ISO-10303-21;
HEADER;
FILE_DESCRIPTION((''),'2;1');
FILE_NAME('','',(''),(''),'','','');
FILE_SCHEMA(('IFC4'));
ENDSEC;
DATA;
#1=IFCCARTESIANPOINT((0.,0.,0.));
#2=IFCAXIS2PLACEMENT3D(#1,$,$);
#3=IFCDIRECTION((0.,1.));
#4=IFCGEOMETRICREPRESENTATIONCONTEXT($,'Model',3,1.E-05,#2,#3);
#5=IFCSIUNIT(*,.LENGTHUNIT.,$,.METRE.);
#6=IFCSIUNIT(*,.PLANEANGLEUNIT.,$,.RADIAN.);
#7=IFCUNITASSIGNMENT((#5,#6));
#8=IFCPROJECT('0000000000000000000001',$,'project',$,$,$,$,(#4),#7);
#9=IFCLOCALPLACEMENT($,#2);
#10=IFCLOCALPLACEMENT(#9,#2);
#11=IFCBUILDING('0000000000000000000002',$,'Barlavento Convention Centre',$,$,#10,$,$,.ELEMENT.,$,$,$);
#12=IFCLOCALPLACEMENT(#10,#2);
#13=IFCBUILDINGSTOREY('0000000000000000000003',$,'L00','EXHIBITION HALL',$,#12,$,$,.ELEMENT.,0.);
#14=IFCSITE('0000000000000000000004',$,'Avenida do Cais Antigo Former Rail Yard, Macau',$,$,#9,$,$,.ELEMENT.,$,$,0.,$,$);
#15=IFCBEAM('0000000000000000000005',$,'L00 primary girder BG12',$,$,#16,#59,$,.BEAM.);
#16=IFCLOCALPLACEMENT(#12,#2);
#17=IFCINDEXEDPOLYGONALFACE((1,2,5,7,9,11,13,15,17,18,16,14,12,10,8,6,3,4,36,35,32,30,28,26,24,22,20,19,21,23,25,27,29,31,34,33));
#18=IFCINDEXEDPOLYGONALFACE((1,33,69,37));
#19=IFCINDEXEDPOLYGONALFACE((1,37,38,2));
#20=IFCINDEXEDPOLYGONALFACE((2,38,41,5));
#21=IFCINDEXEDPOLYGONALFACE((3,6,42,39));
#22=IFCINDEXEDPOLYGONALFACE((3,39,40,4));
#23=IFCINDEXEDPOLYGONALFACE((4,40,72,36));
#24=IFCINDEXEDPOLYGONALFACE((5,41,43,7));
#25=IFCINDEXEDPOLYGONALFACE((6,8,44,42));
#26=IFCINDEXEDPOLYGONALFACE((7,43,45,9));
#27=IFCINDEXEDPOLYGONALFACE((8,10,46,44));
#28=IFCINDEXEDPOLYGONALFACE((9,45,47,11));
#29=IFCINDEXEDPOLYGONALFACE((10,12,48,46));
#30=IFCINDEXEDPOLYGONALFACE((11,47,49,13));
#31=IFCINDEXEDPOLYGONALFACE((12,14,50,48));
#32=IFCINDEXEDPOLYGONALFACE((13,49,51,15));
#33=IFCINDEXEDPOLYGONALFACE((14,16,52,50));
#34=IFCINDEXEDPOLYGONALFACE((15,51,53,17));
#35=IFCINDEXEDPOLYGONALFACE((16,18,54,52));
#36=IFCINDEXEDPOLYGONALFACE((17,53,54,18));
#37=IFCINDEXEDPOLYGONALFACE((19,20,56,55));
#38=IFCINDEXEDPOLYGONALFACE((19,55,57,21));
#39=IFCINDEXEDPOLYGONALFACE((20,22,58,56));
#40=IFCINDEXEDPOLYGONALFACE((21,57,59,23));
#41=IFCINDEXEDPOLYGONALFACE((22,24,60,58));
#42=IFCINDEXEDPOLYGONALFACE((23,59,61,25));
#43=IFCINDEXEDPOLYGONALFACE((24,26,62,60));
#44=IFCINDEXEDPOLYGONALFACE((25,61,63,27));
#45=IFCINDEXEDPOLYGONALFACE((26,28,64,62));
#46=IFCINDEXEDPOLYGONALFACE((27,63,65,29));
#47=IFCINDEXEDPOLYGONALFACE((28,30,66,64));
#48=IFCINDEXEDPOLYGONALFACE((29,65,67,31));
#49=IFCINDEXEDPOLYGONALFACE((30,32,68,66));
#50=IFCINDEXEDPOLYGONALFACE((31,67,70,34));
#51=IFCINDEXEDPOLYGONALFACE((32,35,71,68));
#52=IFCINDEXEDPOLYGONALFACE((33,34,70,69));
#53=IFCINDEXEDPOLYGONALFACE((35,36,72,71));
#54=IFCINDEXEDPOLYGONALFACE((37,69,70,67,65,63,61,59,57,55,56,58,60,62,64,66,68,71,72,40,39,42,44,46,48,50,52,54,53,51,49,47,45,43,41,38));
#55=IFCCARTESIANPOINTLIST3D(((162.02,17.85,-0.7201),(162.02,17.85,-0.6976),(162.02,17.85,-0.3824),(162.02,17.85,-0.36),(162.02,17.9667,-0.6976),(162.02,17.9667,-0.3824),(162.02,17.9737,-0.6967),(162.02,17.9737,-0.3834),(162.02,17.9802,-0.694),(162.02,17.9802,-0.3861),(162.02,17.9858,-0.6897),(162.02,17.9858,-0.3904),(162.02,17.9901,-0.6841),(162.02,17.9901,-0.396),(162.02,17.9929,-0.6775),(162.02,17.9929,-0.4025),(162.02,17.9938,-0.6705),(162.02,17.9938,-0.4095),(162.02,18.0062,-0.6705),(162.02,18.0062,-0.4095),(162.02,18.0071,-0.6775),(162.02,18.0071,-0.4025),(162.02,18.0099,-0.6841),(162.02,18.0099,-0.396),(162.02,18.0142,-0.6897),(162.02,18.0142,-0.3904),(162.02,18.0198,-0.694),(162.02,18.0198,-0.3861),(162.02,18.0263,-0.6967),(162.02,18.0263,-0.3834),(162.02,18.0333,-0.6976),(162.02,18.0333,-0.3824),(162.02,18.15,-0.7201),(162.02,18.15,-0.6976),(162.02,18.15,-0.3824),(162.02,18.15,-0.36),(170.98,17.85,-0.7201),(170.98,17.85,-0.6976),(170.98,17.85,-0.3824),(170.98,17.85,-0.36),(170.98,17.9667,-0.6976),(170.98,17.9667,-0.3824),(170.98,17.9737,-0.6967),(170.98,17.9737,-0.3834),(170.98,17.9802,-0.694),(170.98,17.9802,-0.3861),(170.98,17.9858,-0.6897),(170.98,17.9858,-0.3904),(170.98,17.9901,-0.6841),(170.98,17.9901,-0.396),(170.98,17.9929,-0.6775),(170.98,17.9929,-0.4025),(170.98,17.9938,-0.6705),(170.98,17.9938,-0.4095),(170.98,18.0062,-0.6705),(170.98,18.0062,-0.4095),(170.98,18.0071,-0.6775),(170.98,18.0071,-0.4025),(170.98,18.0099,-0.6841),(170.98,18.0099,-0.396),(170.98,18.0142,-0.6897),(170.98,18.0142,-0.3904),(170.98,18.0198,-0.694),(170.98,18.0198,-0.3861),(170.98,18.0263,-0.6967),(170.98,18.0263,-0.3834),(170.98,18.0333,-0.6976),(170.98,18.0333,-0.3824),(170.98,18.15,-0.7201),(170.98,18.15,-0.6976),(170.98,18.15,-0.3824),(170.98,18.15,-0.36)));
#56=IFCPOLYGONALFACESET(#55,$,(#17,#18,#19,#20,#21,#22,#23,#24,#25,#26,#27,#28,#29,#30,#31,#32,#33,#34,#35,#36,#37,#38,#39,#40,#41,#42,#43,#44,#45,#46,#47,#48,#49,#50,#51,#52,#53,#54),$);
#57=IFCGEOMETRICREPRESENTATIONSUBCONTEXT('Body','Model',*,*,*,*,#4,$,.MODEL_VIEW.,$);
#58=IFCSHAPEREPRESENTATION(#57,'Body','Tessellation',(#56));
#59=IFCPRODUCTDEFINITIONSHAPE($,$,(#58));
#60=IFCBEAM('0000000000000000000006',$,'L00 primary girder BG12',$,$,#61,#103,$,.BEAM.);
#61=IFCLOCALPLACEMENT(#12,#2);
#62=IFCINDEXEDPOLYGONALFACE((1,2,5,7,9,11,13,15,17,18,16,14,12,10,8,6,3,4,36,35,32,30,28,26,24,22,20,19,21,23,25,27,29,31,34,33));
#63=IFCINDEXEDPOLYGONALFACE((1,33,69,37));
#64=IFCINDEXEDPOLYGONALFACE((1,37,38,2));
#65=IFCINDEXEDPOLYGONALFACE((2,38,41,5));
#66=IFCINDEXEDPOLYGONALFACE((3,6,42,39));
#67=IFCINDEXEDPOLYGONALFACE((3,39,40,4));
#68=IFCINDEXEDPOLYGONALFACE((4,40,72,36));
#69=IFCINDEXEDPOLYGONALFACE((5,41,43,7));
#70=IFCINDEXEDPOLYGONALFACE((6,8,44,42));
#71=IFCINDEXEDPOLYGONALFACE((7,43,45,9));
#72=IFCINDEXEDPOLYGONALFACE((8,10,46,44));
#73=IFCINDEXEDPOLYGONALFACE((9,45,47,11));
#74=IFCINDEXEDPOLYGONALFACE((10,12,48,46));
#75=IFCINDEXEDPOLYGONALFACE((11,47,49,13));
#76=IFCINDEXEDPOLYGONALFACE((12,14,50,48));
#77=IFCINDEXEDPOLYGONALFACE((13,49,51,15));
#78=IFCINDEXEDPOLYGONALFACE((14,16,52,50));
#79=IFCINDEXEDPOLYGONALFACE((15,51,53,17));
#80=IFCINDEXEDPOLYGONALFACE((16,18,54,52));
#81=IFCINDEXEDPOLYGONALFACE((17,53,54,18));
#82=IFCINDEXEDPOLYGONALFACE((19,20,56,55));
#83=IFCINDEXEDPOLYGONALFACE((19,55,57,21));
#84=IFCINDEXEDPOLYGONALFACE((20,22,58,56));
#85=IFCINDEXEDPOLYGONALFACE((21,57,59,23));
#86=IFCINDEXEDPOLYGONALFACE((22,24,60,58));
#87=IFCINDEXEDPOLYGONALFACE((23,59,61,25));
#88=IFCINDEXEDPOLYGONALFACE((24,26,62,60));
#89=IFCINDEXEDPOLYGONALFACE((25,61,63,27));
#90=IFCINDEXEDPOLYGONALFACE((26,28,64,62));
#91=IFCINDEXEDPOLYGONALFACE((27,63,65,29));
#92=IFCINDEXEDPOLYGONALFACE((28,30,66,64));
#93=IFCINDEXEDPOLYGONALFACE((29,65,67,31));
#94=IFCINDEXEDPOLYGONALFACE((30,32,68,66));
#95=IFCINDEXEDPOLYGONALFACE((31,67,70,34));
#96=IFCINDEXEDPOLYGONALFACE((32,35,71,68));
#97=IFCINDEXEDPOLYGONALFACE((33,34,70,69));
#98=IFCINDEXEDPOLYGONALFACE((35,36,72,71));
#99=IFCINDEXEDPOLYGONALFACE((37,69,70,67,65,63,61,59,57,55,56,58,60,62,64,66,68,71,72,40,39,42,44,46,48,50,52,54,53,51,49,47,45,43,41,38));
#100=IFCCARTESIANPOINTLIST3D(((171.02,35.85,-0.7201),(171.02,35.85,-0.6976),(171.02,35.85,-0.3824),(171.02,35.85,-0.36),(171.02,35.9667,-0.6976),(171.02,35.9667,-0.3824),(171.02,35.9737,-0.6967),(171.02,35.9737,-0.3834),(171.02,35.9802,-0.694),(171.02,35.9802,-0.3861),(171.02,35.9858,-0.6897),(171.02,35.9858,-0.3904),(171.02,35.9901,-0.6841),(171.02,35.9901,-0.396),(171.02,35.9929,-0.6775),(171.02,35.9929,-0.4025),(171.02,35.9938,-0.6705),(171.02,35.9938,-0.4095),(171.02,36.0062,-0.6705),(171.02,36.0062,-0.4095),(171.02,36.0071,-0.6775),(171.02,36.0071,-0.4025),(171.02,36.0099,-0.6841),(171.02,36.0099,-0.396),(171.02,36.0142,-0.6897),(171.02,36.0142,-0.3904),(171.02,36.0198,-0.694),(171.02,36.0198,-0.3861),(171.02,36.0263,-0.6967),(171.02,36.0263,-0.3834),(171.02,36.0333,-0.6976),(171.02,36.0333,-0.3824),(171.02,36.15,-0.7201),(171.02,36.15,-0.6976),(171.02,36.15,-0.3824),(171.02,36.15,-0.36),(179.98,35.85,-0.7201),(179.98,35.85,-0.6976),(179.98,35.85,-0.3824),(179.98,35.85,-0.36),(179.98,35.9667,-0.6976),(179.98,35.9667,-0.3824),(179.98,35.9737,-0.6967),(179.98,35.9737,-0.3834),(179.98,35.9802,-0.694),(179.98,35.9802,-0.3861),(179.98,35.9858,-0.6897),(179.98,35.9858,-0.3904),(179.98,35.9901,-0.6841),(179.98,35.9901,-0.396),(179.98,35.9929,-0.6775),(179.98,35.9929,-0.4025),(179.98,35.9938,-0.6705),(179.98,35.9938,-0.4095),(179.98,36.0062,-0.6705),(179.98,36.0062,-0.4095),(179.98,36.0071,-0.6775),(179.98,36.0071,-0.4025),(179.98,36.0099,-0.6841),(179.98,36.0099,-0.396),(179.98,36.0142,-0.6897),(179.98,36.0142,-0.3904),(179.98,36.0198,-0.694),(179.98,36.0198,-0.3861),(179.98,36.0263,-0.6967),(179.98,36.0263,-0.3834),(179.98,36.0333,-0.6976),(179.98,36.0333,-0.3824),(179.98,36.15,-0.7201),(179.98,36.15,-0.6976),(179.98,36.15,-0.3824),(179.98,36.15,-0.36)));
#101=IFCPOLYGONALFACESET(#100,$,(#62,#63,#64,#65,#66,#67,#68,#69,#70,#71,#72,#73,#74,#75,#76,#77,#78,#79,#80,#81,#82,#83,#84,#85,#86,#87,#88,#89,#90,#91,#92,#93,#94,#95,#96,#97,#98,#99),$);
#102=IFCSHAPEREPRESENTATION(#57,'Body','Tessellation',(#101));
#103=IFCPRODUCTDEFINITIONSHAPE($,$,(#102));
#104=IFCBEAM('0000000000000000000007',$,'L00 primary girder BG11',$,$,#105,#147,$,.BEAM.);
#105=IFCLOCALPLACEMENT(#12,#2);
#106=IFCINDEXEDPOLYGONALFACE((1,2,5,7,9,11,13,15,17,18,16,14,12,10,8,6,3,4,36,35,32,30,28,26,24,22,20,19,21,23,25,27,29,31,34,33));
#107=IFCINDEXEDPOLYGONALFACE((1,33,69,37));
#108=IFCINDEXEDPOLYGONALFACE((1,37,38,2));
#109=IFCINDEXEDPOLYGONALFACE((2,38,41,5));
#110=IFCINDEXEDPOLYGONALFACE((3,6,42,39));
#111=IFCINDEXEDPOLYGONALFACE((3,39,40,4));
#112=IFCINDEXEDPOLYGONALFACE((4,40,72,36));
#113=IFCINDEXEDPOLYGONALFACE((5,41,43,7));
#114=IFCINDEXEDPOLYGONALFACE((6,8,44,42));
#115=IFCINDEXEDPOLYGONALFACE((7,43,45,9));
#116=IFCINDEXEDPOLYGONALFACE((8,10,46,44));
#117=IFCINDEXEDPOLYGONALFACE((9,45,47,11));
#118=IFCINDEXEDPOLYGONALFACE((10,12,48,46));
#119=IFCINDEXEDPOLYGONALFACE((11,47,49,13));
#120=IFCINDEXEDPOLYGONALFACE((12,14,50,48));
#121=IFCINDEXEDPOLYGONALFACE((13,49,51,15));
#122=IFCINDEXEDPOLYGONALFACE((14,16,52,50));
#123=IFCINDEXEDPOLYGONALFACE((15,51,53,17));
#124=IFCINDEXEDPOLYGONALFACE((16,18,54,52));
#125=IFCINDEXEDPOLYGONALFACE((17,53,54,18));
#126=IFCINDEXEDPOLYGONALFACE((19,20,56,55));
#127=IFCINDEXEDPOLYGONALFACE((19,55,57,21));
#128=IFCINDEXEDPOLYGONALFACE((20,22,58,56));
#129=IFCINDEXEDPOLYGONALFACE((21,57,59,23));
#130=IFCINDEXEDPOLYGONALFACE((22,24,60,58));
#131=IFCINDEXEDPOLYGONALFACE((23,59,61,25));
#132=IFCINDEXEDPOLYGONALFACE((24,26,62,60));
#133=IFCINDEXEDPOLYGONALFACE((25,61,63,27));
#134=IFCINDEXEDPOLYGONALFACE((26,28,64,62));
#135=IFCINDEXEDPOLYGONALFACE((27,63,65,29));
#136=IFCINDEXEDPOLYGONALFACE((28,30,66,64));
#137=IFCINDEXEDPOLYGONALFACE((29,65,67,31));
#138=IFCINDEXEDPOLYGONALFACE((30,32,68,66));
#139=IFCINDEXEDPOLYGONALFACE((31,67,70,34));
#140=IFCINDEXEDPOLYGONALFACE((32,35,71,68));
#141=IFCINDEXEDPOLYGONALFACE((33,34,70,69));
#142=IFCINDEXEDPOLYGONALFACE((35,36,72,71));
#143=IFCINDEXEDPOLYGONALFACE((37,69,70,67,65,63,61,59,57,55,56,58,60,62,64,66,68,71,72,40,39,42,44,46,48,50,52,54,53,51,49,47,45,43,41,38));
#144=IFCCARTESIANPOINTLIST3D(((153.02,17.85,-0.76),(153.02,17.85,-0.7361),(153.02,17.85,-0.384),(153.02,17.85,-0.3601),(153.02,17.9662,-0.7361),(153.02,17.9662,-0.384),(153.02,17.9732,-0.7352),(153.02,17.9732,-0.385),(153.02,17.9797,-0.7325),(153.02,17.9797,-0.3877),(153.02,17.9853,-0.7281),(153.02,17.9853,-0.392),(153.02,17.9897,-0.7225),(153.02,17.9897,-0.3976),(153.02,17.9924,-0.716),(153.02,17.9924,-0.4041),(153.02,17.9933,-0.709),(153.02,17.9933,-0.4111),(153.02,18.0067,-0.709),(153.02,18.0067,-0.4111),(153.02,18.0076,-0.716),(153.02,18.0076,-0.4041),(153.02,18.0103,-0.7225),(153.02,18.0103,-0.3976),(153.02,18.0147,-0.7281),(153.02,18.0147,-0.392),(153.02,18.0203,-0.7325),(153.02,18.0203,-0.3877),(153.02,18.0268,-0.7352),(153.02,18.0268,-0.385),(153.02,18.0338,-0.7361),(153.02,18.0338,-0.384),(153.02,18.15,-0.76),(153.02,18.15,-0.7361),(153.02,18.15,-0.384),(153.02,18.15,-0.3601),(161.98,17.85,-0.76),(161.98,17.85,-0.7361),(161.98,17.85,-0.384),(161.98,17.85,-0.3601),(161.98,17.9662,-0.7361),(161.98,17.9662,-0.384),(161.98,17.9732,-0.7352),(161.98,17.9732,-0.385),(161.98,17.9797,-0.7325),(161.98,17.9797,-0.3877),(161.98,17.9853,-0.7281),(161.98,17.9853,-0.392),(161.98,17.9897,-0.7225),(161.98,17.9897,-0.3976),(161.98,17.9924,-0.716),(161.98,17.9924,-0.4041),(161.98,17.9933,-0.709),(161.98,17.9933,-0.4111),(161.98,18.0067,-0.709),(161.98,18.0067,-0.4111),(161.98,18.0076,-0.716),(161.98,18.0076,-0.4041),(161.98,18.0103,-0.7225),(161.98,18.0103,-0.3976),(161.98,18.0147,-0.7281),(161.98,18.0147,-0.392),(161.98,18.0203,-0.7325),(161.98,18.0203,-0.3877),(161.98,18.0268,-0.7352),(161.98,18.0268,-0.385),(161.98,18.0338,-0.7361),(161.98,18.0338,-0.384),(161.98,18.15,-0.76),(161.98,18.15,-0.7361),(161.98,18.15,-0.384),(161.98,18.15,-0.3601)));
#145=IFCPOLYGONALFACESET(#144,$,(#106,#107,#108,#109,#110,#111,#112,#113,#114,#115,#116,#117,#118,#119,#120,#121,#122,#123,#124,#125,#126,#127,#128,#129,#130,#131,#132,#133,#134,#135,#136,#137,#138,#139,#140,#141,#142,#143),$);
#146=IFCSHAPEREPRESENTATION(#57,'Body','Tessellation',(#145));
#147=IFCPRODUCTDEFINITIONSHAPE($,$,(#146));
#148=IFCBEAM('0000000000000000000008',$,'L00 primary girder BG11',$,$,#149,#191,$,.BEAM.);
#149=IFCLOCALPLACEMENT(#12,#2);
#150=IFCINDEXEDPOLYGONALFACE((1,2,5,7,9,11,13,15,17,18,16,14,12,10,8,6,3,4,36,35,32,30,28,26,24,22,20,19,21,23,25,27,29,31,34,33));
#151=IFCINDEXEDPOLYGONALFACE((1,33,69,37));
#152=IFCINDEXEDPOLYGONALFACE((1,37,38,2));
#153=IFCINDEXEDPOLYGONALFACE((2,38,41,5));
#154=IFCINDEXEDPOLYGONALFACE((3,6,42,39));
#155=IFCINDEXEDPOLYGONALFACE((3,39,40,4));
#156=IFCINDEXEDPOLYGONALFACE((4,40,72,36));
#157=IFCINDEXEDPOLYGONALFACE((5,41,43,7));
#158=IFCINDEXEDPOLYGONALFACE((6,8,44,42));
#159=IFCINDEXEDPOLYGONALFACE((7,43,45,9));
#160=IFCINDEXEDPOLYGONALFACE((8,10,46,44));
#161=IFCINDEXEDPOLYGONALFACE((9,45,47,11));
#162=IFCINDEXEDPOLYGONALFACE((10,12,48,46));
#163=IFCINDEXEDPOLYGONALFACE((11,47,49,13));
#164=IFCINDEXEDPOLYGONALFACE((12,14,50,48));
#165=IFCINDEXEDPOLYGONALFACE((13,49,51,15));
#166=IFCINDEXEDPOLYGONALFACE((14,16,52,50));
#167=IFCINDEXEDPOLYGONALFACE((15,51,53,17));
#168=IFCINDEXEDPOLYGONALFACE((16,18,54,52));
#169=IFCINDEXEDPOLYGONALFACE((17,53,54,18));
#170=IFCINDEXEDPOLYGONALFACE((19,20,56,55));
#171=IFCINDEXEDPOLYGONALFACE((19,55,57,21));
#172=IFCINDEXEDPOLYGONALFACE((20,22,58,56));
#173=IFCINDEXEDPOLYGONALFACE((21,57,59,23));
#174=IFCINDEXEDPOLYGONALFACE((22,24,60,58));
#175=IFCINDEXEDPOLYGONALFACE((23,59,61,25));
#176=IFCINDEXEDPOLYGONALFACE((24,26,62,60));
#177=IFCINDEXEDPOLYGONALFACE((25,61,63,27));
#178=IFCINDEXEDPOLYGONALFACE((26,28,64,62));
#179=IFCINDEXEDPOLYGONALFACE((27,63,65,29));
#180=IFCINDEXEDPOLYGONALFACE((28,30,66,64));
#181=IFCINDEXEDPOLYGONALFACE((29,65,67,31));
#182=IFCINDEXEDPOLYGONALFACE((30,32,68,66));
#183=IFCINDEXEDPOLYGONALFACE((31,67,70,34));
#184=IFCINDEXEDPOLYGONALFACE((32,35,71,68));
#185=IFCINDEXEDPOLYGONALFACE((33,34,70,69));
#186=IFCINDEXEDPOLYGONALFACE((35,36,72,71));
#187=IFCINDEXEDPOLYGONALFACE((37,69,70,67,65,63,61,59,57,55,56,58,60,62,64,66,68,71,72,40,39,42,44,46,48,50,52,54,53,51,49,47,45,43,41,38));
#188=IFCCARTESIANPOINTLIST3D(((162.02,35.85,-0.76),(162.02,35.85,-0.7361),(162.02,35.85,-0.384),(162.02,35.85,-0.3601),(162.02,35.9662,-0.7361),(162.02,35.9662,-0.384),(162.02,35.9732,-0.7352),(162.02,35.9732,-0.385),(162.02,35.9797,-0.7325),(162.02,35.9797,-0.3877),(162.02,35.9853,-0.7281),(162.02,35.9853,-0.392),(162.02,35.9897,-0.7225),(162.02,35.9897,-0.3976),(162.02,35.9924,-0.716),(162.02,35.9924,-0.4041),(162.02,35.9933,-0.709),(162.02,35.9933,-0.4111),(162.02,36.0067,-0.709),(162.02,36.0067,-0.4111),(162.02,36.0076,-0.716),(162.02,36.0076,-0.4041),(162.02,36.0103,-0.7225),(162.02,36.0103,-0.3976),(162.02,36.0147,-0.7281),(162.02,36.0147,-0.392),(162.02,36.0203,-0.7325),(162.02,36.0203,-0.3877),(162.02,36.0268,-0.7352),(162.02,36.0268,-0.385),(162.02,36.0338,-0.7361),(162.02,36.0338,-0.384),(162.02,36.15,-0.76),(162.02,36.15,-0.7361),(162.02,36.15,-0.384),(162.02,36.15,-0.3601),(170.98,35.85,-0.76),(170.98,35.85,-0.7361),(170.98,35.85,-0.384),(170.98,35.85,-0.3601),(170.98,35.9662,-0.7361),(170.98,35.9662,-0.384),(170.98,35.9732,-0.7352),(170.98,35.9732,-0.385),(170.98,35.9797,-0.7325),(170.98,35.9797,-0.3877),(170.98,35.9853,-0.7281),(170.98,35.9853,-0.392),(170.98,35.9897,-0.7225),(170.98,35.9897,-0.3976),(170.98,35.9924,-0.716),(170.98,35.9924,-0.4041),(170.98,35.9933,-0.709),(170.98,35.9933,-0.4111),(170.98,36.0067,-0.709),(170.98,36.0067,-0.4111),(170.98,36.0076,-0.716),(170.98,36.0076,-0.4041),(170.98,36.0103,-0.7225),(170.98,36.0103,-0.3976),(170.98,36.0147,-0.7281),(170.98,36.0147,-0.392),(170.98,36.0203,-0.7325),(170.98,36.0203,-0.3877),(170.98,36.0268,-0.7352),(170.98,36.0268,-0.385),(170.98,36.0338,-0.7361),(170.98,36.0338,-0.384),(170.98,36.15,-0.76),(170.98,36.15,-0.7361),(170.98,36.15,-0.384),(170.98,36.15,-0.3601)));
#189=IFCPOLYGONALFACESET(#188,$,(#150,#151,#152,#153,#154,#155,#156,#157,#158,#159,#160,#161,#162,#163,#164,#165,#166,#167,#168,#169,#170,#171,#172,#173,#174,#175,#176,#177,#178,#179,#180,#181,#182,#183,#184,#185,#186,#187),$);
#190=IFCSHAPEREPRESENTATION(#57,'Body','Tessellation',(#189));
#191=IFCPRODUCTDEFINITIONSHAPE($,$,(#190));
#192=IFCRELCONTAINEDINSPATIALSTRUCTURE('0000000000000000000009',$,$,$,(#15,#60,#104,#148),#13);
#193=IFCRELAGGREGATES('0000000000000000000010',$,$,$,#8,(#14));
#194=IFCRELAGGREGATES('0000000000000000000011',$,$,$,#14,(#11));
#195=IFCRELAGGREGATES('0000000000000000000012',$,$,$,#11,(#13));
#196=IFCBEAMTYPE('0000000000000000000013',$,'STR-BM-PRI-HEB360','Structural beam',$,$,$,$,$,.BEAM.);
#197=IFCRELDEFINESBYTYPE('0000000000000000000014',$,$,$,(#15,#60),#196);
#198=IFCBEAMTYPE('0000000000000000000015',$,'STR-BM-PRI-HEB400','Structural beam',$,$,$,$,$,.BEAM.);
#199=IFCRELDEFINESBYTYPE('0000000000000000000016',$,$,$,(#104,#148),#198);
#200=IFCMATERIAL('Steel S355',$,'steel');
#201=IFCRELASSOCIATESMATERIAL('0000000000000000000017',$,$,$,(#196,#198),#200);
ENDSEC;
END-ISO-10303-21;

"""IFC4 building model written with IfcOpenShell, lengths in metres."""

from ifc_helpers import new_model, si_unit, direction, frame, origin, origin_2d, place, context, subcontext, project, spatial, i_section, extrude, material, material_profile, profile_set, type_object, element, save


model = new_model("IFC4")

# Units and contexts
model_context = context("Model", 3, precision=1e-05, world=origin(), true_north=direction((0.0, 1.0)))
body_context = subcontext(model_context, "Body", "Model", "MODEL_VIEW")
ifc_project = project(units=[si_unit("LENGTHUNIT", "METRE"), si_unit("PLANEANGLEUNIT", "RADIAN")], contexts=[model_context])

# Site, building, storey
site_placement = place(None, origin())
site = spatial("IfcSite", under=ifc_project, at=site_placement, Name="Avenida do Cais Antigo Former Rail Yard, Macau", CompositionType="ELEMENT", RefElevation=0.0)
building_placement = place(site_placement, origin())
building = spatial("IfcBuilding", under=site, at=building_placement, Name="Barlavento Convention Centre", CompositionType="ELEMENT")
storey_placement = place(building_placement, origin())
storey = spatial("IfcBuildingStorey", under=building, at=storey_placement, Name="L00", Description="EXHIBITION HALL", CompositionType="ELEMENT", Elevation=0.0)

# Beams
ifc_material_1 = material(Name="Steel S355", Category="steel")
ifc_material_profile_1 = material_profile(ifc_material_1, i_section(OverallWidth=0.3, OverallDepth=0.3601, WebThickness=0.0125, FlangeThickness=0.0225, FilletRadius=0.0271, at=origin_2d()), Name="HEB 360")
ifc_profile_set_1 = profile_set([ifc_material_profile_1], Name="Steel S355")
beam_type_1 = type_object("IfcBeamType", Name="STR-BM-PRI-HEB360", Description="Structural beam", PredefinedType="BEAM", material=ifc_profile_set_1)
for number, where, z_axis, x_axis, name in (
    (1, (162.02, 18.0, -0.54), (1.0, 0.0, 0.0), (0.0, 1.0, 0.0), "L00 primary girder BG12"),
    (2, (171.02, 36.0, -0.54), (1.0, 0.0, 0.0), (0.0, 1.0, 0.0), "L00 primary girder BG12"),
):
    element("IfcBeam", number, at=place(storey_placement, frame(where, z_axis=z_axis, x_axis=x_axis)), inside=storey, type_object=beam_type_1, Name=name, PredefinedType="BEAM", context=body_context, shape_type="SweptSolid", body=[
        extrude(i_section(OverallWidth=0.3, OverallDepth=0.3601, WebThickness=0.0125, FlangeThickness=0.0225, FilletRadius=0.0271, at=origin_2d()), origin(), (0.0, 0.0, 1.0), 8.96),
    ])
ifc_material_profile_2 = material_profile(ifc_material_1, i_section(OverallWidth=0.3, OverallDepth=0.3999, WebThickness=0.0134, FlangeThickness=0.0239, FilletRadius=0.0271, at=origin_2d()), Name="HEB 400")
ifc_profile_set_2 = profile_set([ifc_material_profile_2], Name="Steel S355")
beam_type_2 = type_object("IfcBeamType", Name="STR-BM-PRI-HEB400", Description="Structural beam", PredefinedType="BEAM", material=ifc_profile_set_2)
for number, where, z_axis, x_axis, name in (
    (3, (153.02, 18.0, -0.5601), (1.0, 0.0, 0.0), (0.0, 1.0, 0.0), "L00 primary girder BG11"),
    (4, (162.02, 36.0, -0.5601), (1.0, 0.0, 0.0), (0.0, 1.0, 0.0), "L00 primary girder BG11"),
):
    element("IfcBeam", number, at=place(storey_placement, frame(where, z_axis=z_axis, x_axis=x_axis)), inside=storey, type_object=beam_type_2, Name=name, PredefinedType="BEAM", context=body_context, shape_type="SweptSolid", body=[
        extrude(i_section(OverallWidth=0.3, OverallDepth=0.3999, WebThickness=0.0134, FlangeThickness=0.0239, FilletRadius=0.0271, at=origin_2d()), origin(), (0.0, 0.0, 1.0), 8.96),
    ])

save(model, "model.ifc")
